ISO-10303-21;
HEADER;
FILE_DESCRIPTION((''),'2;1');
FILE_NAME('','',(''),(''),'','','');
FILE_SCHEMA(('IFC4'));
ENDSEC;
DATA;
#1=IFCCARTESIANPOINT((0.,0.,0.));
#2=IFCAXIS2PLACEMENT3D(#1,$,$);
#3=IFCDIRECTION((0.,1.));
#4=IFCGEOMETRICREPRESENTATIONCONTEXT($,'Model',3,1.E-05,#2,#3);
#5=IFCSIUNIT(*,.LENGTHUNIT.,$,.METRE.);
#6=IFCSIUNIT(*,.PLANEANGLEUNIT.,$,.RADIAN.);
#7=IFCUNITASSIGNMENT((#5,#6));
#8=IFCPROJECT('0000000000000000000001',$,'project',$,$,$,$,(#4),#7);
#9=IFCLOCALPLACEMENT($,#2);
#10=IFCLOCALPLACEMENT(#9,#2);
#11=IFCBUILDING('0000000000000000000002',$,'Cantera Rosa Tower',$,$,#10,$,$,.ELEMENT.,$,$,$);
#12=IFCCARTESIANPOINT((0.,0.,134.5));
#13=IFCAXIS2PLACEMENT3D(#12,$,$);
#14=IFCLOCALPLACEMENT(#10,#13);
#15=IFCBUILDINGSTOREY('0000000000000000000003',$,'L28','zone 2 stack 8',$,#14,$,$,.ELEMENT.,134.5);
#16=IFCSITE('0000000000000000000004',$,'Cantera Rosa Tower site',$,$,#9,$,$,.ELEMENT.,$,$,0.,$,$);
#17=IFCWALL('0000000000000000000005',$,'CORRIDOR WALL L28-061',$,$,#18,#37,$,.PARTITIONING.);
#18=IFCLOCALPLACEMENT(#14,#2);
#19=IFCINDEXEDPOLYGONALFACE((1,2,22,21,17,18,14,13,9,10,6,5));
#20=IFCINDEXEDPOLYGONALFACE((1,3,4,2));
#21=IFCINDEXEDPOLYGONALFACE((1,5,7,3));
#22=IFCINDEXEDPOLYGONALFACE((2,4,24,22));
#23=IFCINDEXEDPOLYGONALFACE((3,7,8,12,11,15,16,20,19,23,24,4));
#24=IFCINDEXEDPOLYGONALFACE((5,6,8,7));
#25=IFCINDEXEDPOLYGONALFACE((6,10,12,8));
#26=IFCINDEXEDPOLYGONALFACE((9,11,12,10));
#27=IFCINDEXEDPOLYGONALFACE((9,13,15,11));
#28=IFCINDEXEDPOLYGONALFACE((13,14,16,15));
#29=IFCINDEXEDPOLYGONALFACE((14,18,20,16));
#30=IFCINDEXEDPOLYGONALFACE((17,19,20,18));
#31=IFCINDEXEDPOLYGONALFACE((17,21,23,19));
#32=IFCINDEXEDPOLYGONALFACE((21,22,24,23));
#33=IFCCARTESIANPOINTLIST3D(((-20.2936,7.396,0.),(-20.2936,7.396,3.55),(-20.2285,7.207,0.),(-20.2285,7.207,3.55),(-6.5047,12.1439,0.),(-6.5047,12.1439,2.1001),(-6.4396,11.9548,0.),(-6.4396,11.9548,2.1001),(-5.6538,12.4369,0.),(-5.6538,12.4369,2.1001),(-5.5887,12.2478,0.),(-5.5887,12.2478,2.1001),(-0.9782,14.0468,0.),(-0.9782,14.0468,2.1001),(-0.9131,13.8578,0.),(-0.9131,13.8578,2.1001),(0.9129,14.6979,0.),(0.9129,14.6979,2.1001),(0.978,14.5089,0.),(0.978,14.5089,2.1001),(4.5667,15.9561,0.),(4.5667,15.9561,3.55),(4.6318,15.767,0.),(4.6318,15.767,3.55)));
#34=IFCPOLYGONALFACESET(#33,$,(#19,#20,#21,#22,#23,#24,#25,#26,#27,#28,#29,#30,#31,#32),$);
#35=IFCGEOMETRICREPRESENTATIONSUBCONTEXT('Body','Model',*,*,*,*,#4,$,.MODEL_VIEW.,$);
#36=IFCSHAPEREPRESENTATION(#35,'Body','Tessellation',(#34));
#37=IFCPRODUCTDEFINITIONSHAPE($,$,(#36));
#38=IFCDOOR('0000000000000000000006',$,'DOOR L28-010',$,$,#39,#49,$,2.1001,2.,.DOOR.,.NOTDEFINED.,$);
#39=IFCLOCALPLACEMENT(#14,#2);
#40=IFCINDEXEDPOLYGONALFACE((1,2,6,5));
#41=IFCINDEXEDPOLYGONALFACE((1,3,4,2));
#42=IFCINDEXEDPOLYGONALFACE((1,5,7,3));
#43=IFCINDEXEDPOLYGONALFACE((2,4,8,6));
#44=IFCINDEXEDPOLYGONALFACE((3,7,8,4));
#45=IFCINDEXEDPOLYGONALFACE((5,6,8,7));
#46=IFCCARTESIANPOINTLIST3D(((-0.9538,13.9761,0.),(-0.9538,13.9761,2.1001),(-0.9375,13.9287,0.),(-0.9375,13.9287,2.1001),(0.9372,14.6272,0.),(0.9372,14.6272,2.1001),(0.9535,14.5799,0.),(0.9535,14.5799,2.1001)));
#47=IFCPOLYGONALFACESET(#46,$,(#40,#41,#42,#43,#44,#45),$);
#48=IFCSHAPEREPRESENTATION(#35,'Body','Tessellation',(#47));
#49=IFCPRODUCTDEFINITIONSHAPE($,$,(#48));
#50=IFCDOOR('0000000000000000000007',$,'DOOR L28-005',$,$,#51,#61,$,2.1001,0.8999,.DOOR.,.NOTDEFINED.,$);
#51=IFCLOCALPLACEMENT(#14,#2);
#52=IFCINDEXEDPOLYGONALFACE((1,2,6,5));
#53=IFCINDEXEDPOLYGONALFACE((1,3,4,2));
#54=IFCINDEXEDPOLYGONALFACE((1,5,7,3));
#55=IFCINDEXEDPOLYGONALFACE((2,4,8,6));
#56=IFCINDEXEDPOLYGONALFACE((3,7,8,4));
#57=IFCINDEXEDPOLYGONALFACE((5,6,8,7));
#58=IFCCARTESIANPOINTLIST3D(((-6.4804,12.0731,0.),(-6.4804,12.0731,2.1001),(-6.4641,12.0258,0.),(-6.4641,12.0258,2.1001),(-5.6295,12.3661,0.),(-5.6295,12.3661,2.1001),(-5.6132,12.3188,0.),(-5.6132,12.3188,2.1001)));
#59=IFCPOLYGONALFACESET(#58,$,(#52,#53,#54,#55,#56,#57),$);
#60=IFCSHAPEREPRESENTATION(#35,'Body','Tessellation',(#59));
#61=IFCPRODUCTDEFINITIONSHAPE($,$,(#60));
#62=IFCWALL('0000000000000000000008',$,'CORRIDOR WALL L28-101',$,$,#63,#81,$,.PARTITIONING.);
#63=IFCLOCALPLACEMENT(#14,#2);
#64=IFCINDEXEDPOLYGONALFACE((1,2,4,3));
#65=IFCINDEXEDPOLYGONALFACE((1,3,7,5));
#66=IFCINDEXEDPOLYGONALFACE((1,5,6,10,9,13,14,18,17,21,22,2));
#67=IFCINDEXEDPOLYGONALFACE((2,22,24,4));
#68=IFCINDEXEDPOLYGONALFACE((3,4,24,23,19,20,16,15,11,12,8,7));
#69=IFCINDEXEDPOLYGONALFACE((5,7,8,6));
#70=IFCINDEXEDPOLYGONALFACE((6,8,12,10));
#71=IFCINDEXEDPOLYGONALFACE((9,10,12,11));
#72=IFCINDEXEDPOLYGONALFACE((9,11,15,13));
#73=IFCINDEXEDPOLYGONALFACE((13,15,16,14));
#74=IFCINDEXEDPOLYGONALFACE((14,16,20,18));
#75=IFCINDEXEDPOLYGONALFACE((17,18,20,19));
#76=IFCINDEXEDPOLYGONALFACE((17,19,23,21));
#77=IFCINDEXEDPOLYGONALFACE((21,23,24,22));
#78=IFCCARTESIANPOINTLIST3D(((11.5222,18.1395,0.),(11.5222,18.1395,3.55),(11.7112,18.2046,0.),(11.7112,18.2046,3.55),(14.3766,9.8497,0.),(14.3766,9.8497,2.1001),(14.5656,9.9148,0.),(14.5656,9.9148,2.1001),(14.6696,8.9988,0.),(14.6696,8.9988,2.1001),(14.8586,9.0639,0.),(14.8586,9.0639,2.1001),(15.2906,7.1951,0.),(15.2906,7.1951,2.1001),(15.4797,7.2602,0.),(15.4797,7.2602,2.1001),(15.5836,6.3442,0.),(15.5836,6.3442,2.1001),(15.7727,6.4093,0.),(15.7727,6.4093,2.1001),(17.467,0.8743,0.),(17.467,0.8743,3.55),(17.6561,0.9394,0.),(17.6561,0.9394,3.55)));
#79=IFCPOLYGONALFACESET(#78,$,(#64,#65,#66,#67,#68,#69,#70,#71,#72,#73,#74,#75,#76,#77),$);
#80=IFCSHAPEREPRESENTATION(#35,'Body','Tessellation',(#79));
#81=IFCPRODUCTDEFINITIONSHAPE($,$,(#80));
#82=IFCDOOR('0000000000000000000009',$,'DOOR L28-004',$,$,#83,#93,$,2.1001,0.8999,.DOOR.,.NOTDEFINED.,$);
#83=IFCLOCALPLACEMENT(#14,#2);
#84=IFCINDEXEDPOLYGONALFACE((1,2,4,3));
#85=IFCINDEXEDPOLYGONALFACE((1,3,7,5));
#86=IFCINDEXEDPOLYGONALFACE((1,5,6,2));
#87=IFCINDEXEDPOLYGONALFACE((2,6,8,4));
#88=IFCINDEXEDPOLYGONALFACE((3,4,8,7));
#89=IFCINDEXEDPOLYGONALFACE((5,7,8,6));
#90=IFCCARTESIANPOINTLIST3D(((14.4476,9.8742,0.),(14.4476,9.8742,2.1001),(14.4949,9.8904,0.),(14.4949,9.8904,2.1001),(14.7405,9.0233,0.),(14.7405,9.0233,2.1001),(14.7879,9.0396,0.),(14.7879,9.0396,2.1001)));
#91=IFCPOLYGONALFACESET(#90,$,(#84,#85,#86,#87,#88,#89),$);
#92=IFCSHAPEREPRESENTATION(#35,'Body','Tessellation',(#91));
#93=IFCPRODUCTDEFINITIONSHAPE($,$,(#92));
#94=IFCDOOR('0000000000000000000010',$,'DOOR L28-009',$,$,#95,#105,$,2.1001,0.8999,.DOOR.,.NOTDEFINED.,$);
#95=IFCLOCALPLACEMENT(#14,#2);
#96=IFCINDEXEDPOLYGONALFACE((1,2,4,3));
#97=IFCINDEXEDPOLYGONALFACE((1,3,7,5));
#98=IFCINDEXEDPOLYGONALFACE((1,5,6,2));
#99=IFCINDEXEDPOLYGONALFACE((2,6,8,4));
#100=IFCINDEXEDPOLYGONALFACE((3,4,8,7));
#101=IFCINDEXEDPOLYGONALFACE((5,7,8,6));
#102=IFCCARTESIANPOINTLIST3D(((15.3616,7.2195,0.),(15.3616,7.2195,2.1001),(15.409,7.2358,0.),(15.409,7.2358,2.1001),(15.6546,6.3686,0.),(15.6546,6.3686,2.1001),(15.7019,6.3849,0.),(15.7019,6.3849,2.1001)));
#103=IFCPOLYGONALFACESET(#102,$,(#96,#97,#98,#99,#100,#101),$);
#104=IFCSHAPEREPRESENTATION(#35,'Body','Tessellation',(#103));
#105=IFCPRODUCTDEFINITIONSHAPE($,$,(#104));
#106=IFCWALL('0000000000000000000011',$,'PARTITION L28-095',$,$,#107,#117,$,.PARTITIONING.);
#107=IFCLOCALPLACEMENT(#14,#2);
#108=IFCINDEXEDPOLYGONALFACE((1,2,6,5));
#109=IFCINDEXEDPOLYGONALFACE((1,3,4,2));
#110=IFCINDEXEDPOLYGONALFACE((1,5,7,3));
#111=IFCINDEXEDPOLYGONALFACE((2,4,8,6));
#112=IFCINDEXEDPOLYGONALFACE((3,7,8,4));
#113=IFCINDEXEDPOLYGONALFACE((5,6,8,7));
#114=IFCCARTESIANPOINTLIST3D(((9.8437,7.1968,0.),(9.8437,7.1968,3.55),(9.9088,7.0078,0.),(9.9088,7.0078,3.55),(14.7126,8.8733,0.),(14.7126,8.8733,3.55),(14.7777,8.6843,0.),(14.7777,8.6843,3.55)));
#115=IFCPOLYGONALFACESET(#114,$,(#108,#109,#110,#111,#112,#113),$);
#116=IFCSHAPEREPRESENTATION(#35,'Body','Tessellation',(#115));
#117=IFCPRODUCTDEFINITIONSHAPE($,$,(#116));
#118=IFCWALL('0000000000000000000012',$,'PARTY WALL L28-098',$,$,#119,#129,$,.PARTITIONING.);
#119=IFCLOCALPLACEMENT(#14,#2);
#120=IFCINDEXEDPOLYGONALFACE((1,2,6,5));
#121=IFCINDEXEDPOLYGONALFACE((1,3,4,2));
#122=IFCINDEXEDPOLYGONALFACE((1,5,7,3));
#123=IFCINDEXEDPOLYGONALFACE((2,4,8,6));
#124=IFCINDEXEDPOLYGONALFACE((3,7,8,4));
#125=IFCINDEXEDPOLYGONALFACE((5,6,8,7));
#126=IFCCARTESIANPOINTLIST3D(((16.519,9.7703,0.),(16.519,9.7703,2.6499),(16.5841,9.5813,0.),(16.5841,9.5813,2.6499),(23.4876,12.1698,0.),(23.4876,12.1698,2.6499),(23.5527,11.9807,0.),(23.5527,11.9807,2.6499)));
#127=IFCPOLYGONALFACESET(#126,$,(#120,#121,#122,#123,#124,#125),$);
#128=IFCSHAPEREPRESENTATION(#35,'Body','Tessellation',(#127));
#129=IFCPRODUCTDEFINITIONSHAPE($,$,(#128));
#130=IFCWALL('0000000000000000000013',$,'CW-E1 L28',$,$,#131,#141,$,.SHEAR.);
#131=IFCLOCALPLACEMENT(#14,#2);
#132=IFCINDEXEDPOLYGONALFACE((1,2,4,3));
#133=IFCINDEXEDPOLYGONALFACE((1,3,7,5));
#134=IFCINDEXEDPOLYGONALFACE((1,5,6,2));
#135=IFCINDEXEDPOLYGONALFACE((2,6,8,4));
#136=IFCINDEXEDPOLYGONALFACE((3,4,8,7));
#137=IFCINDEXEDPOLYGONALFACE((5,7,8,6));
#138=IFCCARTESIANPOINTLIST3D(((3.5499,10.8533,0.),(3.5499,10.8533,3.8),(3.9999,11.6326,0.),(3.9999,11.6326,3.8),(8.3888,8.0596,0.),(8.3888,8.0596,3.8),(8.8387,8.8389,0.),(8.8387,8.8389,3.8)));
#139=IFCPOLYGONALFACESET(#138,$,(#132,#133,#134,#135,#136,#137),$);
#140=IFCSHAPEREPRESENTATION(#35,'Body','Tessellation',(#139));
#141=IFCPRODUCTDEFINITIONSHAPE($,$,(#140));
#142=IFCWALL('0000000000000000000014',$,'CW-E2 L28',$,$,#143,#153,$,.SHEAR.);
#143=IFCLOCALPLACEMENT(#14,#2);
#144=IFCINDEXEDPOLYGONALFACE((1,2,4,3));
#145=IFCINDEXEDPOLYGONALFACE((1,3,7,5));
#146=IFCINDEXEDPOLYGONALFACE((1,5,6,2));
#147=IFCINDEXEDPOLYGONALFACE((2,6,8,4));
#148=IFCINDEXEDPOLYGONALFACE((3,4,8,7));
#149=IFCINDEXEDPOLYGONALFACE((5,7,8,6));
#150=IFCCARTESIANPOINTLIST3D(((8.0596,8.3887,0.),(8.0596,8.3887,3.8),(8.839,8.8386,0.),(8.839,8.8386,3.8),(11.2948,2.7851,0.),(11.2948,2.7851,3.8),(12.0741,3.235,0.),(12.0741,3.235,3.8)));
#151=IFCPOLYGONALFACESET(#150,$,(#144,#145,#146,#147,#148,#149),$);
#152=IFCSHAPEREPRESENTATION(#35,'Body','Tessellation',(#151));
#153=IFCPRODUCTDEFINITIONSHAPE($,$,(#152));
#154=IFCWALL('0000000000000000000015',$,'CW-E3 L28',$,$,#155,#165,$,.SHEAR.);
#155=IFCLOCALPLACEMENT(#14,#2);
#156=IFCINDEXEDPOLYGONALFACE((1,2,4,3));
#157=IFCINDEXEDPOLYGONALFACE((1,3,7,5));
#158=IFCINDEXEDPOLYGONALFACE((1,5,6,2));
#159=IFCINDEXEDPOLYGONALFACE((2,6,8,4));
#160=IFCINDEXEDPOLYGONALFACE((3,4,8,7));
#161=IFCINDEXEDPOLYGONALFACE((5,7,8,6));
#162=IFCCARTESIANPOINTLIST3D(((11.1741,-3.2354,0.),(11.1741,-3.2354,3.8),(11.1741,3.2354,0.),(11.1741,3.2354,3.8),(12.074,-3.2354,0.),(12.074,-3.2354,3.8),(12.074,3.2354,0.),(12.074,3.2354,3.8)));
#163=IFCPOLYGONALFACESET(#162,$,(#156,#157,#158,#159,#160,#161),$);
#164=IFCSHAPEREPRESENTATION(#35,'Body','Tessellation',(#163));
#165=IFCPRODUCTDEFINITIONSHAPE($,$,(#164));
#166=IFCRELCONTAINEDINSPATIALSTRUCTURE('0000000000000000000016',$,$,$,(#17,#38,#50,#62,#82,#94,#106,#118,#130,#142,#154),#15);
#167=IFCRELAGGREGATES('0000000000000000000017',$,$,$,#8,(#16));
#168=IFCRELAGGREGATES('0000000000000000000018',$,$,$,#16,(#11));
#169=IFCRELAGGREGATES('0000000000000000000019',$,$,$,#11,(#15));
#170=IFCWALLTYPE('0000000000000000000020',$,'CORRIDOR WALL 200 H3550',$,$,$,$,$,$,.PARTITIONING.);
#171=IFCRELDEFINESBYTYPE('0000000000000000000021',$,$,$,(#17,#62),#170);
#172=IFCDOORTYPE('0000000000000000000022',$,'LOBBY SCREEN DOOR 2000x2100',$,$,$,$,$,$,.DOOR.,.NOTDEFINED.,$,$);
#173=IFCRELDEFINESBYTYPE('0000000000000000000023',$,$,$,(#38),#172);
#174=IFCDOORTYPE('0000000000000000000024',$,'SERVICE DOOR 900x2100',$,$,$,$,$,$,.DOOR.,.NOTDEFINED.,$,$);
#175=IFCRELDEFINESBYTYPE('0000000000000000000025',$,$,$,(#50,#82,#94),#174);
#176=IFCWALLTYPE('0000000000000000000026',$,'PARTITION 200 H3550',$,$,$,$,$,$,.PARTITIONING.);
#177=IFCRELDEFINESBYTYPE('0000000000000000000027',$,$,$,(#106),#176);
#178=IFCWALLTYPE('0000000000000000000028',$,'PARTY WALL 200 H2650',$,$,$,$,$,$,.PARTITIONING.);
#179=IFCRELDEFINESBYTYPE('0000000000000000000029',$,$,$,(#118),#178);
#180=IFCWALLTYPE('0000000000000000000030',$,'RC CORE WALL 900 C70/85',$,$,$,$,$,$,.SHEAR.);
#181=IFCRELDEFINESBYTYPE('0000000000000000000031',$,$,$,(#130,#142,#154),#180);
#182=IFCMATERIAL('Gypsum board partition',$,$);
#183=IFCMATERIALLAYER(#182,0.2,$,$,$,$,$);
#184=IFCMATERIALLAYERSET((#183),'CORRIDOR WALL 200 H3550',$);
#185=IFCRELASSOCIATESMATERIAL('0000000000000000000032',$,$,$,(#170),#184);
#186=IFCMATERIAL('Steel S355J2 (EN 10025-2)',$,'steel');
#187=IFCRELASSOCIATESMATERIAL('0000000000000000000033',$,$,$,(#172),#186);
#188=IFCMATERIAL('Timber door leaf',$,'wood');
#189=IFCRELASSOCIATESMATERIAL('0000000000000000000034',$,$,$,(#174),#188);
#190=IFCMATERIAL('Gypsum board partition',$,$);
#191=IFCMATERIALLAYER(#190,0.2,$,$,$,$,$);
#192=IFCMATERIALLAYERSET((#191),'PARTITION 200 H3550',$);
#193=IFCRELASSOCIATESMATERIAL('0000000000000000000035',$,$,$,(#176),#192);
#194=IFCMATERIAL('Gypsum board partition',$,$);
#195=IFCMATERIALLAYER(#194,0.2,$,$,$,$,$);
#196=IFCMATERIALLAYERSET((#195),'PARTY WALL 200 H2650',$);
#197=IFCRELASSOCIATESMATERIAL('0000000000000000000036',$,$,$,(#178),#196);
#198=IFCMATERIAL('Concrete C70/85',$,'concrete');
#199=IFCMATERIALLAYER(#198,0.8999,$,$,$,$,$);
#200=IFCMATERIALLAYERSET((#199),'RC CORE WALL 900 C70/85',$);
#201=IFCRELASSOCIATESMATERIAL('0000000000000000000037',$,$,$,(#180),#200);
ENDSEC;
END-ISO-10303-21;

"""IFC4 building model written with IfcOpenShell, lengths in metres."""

from ifc_helpers import new_model, si_unit, direction, frame, frame_2d, origin, place, context, subcontext, project, spatial, rectangle, extrude, material, layer, layer_set, type_object, element, fill, save


model = new_model("IFC4")

# Units and contexts
model_context = context("Model", 3, precision=1e-05, world=origin(), true_north=direction((0.0, 1.0)))
body_context = subcontext(model_context, "Body", "Model", "MODEL_VIEW")
ifc_project = project(units=[si_unit("LENGTHUNIT", "METRE"), si_unit("PLANEANGLEUNIT", "RADIAN")], contexts=[model_context])

# Site, building, storey
site_placement = place(None, origin())
site = spatial("IfcSite", under=ifc_project, at=site_placement, Name="Cantera Rosa Tower site", CompositionType="ELEMENT", RefElevation=0.0)
building_placement = place(site_placement, origin())
building = spatial("IfcBuilding", under=site, at=building_placement, Name="Cantera Rosa Tower", CompositionType="ELEMENT")
storey_placement = place(building_placement, frame((0.0, 0.0, 134.5)))
storey = spatial("IfcBuildingStorey", under=building, at=storey_placement, Name="L28", Description="zone 2 stack 8", CompositionType="ELEMENT", Elevation=134.5)

# Shared definitions
ifc_material_1 = material(Name="Gypsum board partition")
ifc_layer_1 = layer(ifc_material_1, 0.2)
ifc_layer_set_1 = layer_set([ifc_layer_1], Name="CORRIDOR WALL 200 H3550")
wall_type_1 = type_object("IfcWallType", Name="CORRIDOR WALL 200 H3550", PredefinedType="PARTITIONING", material=ifc_layer_set_1)

# Walls, openings, doors
wall_1_placement = place(storey_placement, frame((4.5994, 15.8616, 0.0), z_axis=(0.0, 0.0, 1.0), x_axis=(-0.945519, -0.325567, 0.0)))
wall_1 = element("IfcWall", 1, at=wall_1_placement, inside=storey, type_object=wall_type_1, Name="CORRIDOR WALL L28-061", PredefinedType="PARTITIONING", context=body_context, shape_type="SweptSolid", body=[
    extrude(rectangle(XDim=26.2927, YDim=0.2, at=frame_2d((13.1465, 0.0))), origin(), (0.0, 0.0, 1.0), 3.55),
])
opening_1_placement = place(wall_1_placement, frame((10.8096, 0.0, 0.0)))
opening_1 = element("IfcOpeningElement", 2, at=opening_1_placement, cuts=wall_1, PredefinedType="OPENING", context=body_context, shape_type="SweptSolid", body=[
    extrude(rectangle(XDim=0.8999, YDim=2.1001, at=frame_2d((0.45, 1.05))), frame((0.0, 0.1099, 0.0), z_axis=(0.0, -1.0, 0.0), x_axis=(1.0, 0.0, 0.0)), (0.0, 0.0, 1.0), 0.22),
])
opening_2_placement = place(wall_1_placement, frame((3.8645, 0.0, 0.0)))
opening_2 = element("IfcOpeningElement", 3, at=opening_2_placement, cuts=wall_1, PredefinedType="OPENING", context=body_context, shape_type="SweptSolid", body=[
    extrude(rectangle(XDim=2.0, YDim=2.1001, at=frame_2d((1.0, 1.05))), frame((0.0, 0.1099, 0.0), z_axis=(0.0, -1.0, 0.0), x_axis=(1.0, 0.0, 0.0)), (0.0, 0.0, 1.0), 0.22),
])
ifc_material_2 = material(Name="Steel S355J2 (EN 10025-2)", Category="steel")
door_type_1 = type_object("IfcDoorType", Name="LOBBY SCREEN DOOR 2000x2100", OperationType="NOTDEFINED", PredefinedType="DOOR", material=ifc_material_2)
door_1_placement = place(opening_2_placement, origin())
door_1 = element("IfcDoor", 4, at=door_1_placement, inside=storey, type_object=door_type_1, Name="DOOR L28-010", OperationType="NOTDEFINED", OverallHeight=2.1001, OverallWidth=2.0, PredefinedType="DOOR", context=body_context, shape_type="SweptSolid", body=[
    extrude(rectangle(XDim=2.0, YDim=2.1001, at=frame_2d((1.0, 1.05))), frame((0.0, 0.0249, 0.0), z_axis=(0.0, -1.0, 0.0), x_axis=(1.0, 0.0, 0.0)), (0.0, 0.0, 1.0), 0.05),
])
fill(opening_2, door_1)
ifc_material_3 = material(Name="Timber door leaf", Category="wood")
door_type_2 = type_object("IfcDoorType", Name="SERVICE DOOR 900x2100", OperationType="NOTDEFINED", PredefinedType="DOOR", material=ifc_material_3)
door_2_placement = place(opening_1_placement, origin())
door_2 = element("IfcDoor", 5, at=door_2_placement, inside=storey, type_object=door_type_2, Name="DOOR L28-005", OperationType="NOTDEFINED", OverallHeight=2.1001, OverallWidth=0.8999, PredefinedType="DOOR", context=body_context, shape_type="SweptSolid", body=[
    extrude(rectangle(XDim=0.8999, YDim=2.1001, at=frame_2d((0.45, 1.05))), frame((0.0, 0.0249, 0.0), z_axis=(0.0, -1.0, 0.0), x_axis=(1.0, 0.0, 0.0)), (0.0, 0.0, 1.0), 0.05),
])
fill(opening_1, door_2)
wall_2_placement = place(storey_placement, frame((17.5615, 0.907, 0.0), z_axis=(0.0, 0.0, 1.0), x_axis=(-0.325566, 0.945519, 0.0)))
wall_2 = element("IfcWall", 6, at=wall_2_placement, inside=storey, type_object=wall_type_1, Name="CORRIDOR WALL L28-101", PredefinedType="PARTITIONING", context=body_context, shape_type="SweptSolid", body=[
    extrude(rectangle(XDim=18.26, YDim=0.2, at=frame_2d((9.1299, 0.0))), origin(), (0.0, 0.0, 1.0), 3.55),
])
opening_3_placement = place(wall_2_placement, frame((8.5925, 0.0, 0.0)))
opening_3 = element("IfcOpeningElement", 7, at=opening_3_placement, cuts=wall_2, PredefinedType="OPENING", context=body_context, shape_type="SweptSolid", body=[
    extrude(rectangle(XDim=0.8999, YDim=2.1001, at=frame_2d((0.45, 1.05))), frame((0.0, 0.1099, 0.0), z_axis=(0.0, -1.0, 0.0), x_axis=(1.0, 0.0, 0.0)), (0.0, 0.0, 1.0), 0.22),
])
opening_4_placement = place(wall_2_placement, frame((5.7849, 0.0, 0.0)))
opening_4 = element("IfcOpeningElement", 8, at=opening_4_placement, cuts=wall_2, PredefinedType="OPENING", context=body_context, shape_type="SweptSolid", body=[
    extrude(rectangle(XDim=0.8999, YDim=2.1001, at=frame_2d((0.45, 1.05))), frame((0.0, 0.1099, 0.0), z_axis=(0.0, -1.0, 0.0), x_axis=(1.0, 0.0, 0.0)), (0.0, 0.0, 1.0), 0.22),
])
door_3_placement = place(opening_3_placement, origin())
door_3 = element("IfcDoor", 9, at=door_3_placement, inside=storey, type_object=door_type_2, Name="DOOR L28-004", OperationType="NOTDEFINED", OverallHeight=2.1001, OverallWidth=0.8999, PredefinedType="DOOR", context=body_context, shape_type="SweptSolid", body=[
    extrude(rectangle(XDim=0.8999, YDim=2.1001, at=frame_2d((0.45, 1.05))), frame((0.0, 0.0249, 0.0), z_axis=(0.0, -1.0, 0.0), x_axis=(1.0, 0.0, 0.0)), (0.0, 0.0, 1.0), 0.05),
])
fill(opening_3, door_3)
door_4_placement = place(opening_4_placement, origin())
door_4 = element("IfcDoor", 10, at=door_4_placement, inside=storey, type_object=door_type_2, Name="DOOR L28-009", OperationType="NOTDEFINED", OverallHeight=2.1001, OverallWidth=0.8999, PredefinedType="DOOR", context=body_context, shape_type="SweptSolid", body=[
    extrude(rectangle(XDim=0.8999, YDim=2.1001, at=frame_2d((0.45, 1.05))), frame((0.0, 0.0249, 0.0), z_axis=(0.0, -1.0, 0.0), x_axis=(1.0, 0.0, 0.0)), (0.0, 0.0, 1.0), 0.05),
])
fill(opening_4, door_4)

# Walls
ifc_material_4 = material(Name="Gypsum board partition")
ifc_layer_2 = layer(ifc_material_4, 0.2)
ifc_layer_set_2 = layer_set([ifc_layer_2], Name="PARTITION 200 H3550")
wall_type_2 = type_object("IfcWallType", Name="PARTITION 200 H3550", PredefinedType="PARTITIONING", material=ifc_layer_set_2)
wall_3_placement = place(storey_placement, frame((14.7451, 8.7788, 0.0), z_axis=(0.0, 0.0, 1.0), x_axis=(-0.945517, -0.325571, 0.0)))
element("IfcWall", 11, at=wall_3_placement, inside=storey, type_object=wall_type_2, Name="PARTITION L28-095", PredefinedType="PARTITIONING", context=body_context, shape_type="SweptSolid", body=[
    extrude(rectangle(XDim=5.1494, YDim=0.2, at=frame_2d((2.5747, 0.0))), origin(), (0.0, 0.0, 1.0), 3.55),
])
ifc_material_5 = material(Name="Gypsum board partition")
ifc_layer_3 = layer(ifc_material_5, 0.2)
ifc_layer_set_3 = layer_set([ifc_layer_3], Name="PARTY WALL 200 H2650")
wall_type_3 = type_object("IfcWallType", Name="PARTY WALL 200 H2650", PredefinedType="PARTITIONING", material=ifc_layer_set_3)
wall_4_placement = place(storey_placement, frame((16.5515, 9.6758, 0.0), z_axis=(0.0, 0.0, 1.0), x_axis=(0.94552, 0.325564, 0.0)))
element("IfcWall", 12, at=wall_4_placement, inside=storey, type_object=wall_type_3, Name="PARTY WALL L28-098", PredefinedType="PARTITIONING", context=body_context, shape_type="SweptSolid", body=[
    extrude(rectangle(XDim=7.3701, YDim=0.2, at=frame_2d((3.6851, 0.0))), origin(), (0.0, 0.0, 1.0), 2.6499),
])
ifc_material_6 = material(Name="Concrete C70/85", Category="concrete")
ifc_layer_4 = layer(ifc_material_6, 0.8999)
ifc_layer_set_4 = layer_set([ifc_layer_4], Name="RC CORE WALL 900 C70/85")
wall_type_4 = type_object("IfcWallType", Name="RC CORE WALL 900 C70/85", PredefinedType="SHEAR", material=ifc_layer_set_4)
wall_5_placement = place(storey_placement, frame((3.7749, 11.2429, 0.0), z_axis=(0.0, 0.0, 1.0), x_axis=(0.866027, -0.499997, 0.0)))
element("IfcWall", 13, at=wall_5_placement, inside=storey, type_object=wall_type_4, Name="CW-E1 L28", PredefinedType="SHEAR", context=body_context, shape_type="SweptSolid", body=[
    extrude(rectangle(XDim=5.5874, YDim=0.8999, at=frame_2d((2.7937, 0.0))), origin(), (0.0, 0.0, 1.0), 3.8),
])
wall_6_placement = place(storey_placement, frame((8.4492, 8.6138, 0.0), z_axis=(0.0, 0.0, 1.0), x_axis=(0.49999, -0.866031, 0.0)))
element("IfcWall", 14, at=wall_6_placement, inside=storey, type_object=wall_type_4, Name="CW-E2 L28", PredefinedType="SHEAR", context=body_context, shape_type="SweptSolid", body=[
    extrude(rectangle(XDim=6.4705, YDim=0.8999, at=frame_2d((3.2354, 0.0))), origin(), (0.0, 0.0, 1.0), 3.8),
])
wall_7_placement = place(storey_placement, frame((11.624, 3.2354, 0.0), z_axis=(0.0, 0.0, 1.0), x_axis=(0.0, -1.0, 0.0)))
element("IfcWall", 15, at=wall_7_placement, inside=storey, type_object=wall_type_4, Name="CW-E3 L28", PredefinedType="SHEAR", context=body_context, shape_type="SweptSolid", body=[
    extrude(rectangle(XDim=6.4707, YDim=0.8999, at=frame_2d((3.2354, 0.0))), origin(), (0.0, 0.0, 1.0), 3.8),
])

save(model, "model.ifc")
